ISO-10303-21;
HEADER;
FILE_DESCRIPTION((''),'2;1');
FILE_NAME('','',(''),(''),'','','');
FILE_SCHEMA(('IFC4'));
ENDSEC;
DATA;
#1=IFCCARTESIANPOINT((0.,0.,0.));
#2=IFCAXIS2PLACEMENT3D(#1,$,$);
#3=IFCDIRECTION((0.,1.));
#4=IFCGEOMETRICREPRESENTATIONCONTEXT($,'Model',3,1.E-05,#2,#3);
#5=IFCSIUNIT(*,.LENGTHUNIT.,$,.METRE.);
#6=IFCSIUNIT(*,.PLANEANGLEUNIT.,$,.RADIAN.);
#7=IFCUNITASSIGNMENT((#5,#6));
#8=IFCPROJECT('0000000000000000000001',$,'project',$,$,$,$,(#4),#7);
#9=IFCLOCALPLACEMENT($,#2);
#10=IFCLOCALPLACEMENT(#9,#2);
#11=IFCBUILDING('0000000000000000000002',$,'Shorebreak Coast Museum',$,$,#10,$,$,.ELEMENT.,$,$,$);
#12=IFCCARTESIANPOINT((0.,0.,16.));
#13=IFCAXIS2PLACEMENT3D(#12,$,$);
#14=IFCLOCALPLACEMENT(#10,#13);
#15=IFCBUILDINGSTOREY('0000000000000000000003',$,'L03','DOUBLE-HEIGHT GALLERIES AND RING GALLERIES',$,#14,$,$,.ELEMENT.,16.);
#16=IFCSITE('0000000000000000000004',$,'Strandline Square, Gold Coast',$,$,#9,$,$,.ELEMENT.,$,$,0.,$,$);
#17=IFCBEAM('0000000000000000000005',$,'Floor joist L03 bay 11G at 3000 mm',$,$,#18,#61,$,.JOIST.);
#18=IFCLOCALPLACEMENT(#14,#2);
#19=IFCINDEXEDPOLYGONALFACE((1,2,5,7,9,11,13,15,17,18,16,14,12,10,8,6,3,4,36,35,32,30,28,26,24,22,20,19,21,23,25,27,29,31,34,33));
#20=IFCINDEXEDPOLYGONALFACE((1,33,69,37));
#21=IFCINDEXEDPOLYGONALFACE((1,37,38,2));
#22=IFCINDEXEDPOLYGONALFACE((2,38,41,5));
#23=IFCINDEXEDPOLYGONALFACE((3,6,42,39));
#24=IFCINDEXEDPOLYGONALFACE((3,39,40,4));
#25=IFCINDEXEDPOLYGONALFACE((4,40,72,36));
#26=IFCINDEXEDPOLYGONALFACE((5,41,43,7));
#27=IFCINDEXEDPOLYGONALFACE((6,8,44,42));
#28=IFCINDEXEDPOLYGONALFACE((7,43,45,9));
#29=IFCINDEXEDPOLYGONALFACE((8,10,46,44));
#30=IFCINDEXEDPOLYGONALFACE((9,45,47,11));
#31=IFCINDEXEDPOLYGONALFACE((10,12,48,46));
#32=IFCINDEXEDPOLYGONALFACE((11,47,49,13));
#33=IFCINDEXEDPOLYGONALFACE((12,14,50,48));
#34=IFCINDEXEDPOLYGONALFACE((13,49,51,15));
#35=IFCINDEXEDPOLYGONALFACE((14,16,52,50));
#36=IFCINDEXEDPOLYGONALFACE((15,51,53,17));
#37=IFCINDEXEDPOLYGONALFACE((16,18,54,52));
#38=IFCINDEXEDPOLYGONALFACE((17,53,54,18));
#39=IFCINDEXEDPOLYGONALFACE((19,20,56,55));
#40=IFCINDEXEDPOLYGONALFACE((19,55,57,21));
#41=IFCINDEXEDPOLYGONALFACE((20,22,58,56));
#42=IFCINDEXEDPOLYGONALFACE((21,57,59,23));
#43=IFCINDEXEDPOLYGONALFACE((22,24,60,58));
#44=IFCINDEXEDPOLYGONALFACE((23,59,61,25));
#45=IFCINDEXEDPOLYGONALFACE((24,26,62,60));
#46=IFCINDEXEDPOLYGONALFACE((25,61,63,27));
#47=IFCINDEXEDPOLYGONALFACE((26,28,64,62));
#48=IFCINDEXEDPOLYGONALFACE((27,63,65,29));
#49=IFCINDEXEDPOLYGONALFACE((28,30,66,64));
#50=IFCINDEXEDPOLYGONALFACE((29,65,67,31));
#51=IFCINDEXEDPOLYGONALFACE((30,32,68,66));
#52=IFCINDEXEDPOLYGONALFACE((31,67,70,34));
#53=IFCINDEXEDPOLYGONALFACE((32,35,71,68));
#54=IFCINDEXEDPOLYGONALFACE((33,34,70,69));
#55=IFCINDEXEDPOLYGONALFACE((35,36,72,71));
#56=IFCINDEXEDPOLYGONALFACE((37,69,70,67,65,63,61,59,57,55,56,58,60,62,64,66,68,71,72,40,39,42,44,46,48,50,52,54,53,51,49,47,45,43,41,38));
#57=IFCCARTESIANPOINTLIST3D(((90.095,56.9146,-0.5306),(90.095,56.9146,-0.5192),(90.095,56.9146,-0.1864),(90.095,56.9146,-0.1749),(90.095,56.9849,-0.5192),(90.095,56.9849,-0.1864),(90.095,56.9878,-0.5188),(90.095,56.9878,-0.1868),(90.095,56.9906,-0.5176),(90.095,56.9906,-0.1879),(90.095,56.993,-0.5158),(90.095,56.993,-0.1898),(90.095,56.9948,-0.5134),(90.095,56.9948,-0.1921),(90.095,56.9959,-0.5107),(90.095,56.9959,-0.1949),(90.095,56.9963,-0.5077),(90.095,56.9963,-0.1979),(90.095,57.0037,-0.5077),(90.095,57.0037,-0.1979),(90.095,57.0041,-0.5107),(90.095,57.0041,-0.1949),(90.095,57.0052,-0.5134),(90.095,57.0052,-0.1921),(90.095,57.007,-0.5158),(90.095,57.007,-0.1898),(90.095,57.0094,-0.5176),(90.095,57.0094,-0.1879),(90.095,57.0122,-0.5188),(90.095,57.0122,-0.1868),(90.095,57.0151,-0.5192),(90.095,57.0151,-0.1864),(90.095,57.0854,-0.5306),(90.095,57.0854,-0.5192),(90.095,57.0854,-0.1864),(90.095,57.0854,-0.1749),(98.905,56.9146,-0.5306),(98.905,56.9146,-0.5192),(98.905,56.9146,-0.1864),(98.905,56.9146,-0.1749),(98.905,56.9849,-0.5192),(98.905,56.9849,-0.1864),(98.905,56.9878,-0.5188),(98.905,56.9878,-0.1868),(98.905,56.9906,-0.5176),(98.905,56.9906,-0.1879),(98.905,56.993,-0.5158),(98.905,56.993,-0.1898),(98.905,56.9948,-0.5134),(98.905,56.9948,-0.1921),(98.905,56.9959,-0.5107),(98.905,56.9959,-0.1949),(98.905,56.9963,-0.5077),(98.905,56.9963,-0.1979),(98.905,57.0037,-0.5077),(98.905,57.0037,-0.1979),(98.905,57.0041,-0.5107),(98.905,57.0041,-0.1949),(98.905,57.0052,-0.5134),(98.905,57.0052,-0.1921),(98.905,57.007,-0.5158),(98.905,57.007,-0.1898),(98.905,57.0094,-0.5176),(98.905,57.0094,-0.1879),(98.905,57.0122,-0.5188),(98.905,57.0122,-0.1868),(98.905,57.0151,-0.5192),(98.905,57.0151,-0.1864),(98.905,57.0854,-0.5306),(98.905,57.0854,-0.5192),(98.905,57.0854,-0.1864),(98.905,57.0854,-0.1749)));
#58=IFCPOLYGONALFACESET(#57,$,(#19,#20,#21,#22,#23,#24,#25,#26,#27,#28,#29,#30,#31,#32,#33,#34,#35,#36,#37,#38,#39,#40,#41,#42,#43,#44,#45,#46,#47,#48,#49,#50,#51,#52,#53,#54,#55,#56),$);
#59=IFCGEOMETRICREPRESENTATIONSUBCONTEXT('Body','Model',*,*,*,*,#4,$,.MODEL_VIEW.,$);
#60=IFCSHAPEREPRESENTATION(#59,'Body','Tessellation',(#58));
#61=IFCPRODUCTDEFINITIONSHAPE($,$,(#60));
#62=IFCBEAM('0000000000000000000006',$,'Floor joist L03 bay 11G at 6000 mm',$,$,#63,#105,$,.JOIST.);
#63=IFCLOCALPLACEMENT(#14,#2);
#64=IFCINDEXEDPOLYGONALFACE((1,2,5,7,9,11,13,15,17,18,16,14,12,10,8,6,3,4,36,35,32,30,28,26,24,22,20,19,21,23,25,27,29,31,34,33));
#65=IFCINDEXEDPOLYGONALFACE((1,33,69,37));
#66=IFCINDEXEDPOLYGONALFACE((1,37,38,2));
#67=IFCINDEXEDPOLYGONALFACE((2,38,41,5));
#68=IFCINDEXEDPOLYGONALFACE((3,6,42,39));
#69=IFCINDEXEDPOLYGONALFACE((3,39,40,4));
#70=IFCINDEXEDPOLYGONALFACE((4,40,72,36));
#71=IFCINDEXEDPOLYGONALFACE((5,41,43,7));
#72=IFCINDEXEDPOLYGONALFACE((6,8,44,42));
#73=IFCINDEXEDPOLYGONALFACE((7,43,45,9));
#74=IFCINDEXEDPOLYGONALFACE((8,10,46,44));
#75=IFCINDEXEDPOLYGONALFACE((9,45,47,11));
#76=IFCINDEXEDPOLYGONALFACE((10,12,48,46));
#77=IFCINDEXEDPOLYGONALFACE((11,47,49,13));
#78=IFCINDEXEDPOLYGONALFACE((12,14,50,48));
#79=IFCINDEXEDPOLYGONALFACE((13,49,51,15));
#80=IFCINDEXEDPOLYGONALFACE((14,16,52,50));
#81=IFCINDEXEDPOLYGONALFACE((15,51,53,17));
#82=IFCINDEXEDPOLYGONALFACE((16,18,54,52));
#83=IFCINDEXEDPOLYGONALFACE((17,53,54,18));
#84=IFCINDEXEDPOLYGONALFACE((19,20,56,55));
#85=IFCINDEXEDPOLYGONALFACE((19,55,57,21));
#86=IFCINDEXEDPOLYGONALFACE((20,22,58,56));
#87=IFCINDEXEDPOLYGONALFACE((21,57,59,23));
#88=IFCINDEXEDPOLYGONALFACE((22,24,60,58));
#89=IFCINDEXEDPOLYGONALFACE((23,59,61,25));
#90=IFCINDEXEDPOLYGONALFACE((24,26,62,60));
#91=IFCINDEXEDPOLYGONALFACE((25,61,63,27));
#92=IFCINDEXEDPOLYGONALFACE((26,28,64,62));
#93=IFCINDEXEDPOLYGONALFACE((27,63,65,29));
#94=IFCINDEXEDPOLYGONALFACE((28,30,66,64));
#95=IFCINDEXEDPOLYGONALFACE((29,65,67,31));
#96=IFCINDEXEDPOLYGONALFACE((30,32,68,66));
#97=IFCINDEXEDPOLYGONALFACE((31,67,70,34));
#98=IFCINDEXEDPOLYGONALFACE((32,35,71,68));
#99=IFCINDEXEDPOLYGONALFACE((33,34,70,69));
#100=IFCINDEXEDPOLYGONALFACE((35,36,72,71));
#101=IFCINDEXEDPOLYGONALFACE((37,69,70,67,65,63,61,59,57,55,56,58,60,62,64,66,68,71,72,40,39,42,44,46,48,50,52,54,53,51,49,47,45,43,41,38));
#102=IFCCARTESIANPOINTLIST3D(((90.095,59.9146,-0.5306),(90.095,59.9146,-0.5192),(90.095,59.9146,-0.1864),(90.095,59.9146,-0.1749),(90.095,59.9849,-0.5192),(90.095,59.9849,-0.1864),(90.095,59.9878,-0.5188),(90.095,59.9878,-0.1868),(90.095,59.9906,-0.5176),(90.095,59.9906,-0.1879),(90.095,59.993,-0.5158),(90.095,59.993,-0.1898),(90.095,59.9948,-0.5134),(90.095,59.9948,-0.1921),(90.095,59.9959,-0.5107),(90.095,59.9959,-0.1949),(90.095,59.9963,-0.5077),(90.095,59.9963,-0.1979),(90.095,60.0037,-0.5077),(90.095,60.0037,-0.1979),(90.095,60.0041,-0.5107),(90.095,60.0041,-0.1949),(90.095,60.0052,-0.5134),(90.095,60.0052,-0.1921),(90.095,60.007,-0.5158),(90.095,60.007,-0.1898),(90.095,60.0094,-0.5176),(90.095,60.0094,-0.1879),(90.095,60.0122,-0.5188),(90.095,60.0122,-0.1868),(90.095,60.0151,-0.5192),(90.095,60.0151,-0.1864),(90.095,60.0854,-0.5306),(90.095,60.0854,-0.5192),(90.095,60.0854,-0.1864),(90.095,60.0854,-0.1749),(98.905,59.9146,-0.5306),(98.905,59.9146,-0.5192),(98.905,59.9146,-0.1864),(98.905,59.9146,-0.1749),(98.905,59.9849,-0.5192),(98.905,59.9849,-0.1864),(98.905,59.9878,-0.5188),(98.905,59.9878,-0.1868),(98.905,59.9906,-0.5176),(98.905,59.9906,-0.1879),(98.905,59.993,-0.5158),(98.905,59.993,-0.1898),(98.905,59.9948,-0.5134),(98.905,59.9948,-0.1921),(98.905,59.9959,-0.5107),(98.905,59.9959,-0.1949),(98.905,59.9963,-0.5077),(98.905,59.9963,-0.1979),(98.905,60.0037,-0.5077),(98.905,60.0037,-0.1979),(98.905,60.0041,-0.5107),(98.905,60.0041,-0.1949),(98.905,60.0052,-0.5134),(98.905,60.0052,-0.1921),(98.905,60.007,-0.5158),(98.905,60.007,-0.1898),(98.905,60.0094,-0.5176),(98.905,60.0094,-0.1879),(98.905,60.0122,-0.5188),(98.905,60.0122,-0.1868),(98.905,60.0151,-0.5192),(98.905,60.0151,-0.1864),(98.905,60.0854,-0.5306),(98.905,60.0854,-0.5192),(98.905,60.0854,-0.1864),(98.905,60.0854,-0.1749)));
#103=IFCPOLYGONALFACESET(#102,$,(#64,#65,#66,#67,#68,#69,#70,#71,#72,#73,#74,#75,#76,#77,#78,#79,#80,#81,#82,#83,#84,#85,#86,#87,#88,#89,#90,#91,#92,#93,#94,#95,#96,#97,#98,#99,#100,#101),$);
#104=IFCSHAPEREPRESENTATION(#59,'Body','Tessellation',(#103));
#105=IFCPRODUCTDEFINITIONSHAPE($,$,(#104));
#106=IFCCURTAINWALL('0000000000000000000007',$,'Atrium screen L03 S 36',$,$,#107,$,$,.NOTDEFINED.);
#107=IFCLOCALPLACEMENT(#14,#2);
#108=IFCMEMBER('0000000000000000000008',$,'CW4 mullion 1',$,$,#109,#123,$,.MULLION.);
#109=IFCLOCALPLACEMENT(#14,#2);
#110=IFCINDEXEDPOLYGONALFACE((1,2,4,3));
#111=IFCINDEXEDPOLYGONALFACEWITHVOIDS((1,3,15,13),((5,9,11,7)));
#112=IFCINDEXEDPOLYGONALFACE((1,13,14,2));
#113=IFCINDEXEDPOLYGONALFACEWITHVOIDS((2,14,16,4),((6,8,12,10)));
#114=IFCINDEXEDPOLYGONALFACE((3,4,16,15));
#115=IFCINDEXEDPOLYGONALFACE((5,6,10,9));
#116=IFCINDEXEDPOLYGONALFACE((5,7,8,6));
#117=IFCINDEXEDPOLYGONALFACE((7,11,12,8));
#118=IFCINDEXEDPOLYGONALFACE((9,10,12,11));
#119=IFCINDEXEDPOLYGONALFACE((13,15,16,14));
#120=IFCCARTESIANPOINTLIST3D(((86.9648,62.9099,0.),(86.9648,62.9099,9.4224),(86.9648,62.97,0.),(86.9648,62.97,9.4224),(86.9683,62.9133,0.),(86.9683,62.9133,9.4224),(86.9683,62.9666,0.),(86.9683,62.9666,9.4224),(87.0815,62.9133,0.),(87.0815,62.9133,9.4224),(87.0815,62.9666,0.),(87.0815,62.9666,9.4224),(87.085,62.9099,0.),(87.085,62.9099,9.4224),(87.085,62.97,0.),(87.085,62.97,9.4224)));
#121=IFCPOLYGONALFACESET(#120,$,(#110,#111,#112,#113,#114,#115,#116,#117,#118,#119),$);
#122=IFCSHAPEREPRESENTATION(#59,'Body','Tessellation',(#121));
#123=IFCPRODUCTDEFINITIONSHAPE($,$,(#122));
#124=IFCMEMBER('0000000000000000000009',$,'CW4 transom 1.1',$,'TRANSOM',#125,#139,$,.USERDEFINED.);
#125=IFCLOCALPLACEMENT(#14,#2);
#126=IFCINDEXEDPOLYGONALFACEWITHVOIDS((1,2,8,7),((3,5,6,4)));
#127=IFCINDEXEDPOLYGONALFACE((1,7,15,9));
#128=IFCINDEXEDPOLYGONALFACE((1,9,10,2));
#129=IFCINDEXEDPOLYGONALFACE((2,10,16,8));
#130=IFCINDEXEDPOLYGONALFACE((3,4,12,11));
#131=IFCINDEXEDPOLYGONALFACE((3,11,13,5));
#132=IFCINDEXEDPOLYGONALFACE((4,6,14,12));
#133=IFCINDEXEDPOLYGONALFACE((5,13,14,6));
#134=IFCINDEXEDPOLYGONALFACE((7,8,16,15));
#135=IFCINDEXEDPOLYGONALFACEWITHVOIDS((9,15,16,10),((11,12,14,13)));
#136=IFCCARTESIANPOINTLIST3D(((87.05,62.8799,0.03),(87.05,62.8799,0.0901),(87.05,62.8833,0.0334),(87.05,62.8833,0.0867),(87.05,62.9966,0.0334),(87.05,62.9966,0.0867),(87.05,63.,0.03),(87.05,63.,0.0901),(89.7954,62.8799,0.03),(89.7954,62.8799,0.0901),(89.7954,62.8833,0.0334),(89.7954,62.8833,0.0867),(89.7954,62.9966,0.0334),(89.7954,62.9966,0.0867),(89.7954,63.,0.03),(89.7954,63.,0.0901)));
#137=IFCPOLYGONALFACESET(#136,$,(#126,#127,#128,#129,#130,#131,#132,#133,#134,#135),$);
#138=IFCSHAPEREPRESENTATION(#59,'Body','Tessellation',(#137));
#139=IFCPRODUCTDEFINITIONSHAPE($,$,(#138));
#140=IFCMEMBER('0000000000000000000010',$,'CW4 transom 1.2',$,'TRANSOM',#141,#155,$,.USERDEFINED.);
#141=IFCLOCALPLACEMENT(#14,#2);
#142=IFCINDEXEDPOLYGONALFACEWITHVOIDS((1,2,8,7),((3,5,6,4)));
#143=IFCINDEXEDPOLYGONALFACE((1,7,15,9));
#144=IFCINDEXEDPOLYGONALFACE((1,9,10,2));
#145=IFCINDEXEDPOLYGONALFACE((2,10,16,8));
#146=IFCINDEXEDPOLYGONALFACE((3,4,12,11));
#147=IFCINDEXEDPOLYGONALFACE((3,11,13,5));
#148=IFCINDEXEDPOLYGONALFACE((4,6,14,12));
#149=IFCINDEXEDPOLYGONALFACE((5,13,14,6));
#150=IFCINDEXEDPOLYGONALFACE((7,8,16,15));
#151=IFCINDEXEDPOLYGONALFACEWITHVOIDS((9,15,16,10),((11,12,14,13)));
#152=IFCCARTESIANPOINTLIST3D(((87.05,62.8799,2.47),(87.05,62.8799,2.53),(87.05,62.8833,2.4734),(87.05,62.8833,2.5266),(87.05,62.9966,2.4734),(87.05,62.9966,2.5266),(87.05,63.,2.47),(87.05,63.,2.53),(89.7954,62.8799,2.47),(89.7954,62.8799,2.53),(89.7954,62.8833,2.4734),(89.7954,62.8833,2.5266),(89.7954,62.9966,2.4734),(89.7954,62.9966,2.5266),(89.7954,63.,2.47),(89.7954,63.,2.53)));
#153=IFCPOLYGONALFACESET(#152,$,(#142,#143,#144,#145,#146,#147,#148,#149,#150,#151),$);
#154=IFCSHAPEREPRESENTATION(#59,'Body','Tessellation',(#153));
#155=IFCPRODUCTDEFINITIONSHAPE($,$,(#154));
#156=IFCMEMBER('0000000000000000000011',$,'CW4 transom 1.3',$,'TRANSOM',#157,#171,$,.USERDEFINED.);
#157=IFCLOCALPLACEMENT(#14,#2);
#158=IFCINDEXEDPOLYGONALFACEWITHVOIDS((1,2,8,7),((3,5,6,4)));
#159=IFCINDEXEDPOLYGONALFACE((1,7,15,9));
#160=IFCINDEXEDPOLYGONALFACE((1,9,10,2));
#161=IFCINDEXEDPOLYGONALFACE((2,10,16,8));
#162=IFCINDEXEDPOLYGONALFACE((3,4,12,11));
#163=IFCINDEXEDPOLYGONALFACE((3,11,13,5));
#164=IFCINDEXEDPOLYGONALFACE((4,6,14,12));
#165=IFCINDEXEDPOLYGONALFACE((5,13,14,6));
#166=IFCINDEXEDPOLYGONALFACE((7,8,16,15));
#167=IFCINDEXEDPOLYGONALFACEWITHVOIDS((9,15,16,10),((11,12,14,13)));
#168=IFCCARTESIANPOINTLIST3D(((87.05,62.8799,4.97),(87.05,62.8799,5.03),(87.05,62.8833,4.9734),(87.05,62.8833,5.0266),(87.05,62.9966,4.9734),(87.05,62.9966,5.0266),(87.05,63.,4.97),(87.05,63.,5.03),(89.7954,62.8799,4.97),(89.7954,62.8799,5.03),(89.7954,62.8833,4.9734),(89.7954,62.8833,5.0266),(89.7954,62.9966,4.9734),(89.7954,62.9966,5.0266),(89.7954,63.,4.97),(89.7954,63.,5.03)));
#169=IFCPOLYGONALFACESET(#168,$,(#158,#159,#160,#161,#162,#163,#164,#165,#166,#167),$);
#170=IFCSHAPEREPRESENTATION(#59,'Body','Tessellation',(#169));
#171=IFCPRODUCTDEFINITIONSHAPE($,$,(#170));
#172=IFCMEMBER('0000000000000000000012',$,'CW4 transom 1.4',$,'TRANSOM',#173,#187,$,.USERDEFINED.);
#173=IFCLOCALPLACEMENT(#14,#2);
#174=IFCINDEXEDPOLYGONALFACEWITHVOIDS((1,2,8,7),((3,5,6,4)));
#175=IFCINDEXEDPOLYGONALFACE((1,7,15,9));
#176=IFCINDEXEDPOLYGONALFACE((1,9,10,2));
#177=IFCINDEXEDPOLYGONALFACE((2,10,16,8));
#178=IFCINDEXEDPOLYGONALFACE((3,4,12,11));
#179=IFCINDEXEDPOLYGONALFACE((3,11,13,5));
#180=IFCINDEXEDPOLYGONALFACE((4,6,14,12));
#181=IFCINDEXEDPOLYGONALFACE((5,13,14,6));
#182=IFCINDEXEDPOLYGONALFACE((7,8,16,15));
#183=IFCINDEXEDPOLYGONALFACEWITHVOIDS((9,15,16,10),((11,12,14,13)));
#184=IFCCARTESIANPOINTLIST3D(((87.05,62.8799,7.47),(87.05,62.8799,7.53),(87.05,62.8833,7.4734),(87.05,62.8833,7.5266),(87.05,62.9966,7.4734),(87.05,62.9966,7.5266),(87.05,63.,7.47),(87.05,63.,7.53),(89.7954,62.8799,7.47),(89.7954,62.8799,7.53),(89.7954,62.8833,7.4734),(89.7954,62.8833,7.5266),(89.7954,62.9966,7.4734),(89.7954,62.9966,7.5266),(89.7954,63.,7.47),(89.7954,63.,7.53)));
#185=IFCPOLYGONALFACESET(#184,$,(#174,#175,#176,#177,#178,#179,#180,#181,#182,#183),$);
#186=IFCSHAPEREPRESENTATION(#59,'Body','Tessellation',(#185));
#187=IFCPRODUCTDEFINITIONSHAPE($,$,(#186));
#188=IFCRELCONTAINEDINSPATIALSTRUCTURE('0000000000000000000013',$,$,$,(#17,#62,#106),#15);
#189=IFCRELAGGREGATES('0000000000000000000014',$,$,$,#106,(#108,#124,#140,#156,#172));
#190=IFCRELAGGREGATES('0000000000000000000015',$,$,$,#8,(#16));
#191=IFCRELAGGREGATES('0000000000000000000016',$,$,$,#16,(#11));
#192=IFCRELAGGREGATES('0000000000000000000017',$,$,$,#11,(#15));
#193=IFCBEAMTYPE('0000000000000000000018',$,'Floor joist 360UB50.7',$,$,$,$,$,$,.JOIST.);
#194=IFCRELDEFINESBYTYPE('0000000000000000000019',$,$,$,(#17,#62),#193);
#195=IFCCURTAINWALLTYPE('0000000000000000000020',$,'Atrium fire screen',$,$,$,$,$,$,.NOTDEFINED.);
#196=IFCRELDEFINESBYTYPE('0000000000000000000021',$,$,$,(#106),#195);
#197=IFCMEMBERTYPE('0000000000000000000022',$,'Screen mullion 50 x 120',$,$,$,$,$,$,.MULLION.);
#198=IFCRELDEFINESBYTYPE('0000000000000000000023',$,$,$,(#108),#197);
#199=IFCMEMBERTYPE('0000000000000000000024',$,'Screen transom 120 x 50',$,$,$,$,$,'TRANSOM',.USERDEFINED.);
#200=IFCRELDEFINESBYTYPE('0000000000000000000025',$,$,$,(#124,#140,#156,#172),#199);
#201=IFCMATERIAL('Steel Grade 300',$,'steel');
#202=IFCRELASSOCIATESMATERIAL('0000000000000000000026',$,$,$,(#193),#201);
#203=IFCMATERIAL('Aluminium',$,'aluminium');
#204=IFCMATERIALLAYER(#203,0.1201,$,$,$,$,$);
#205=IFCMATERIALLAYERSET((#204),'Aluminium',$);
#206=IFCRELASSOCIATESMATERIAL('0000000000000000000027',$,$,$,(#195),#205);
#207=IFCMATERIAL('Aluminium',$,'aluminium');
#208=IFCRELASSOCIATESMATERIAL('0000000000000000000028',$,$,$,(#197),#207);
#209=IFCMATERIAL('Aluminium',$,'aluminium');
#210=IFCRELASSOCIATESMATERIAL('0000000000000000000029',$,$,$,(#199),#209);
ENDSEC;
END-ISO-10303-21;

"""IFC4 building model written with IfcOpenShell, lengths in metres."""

from ifc_helpers import new_model, si_unit, direction, frame, origin, origin_2d, place, context, subcontext, project, spatial, hollow_rectangle, i_section, extrude, material, layer, layer_set, material_profile, profile_set, type_object, element, aggregate, save


model = new_model("IFC4")

# Units and contexts
model_context = context("Model", 3, precision=1e-05, world=origin(), true_north=direction((0.0, 1.0)))
body_context = subcontext(model_context, "Body", "Model", "MODEL_VIEW")
ifc_project = project(units=[si_unit("LENGTHUNIT", "METRE"), si_unit("PLANEANGLEUNIT", "RADIAN")], contexts=[model_context])

# Site, building, storey
site_placement = place(None, origin())
site = spatial("IfcSite", under=ifc_project, at=site_placement, Name="Strandline Square, Gold Coast", CompositionType="ELEMENT", RefElevation=0.0)
building_placement = place(site_placement, origin())
building = spatial("IfcBuilding", under=site, at=building_placement, Name="Shorebreak Coast Museum", CompositionType="ELEMENT")
storey_placement = place(building_placement, frame((0.0, 0.0, 16.0)))
storey = spatial("IfcBuildingStorey", under=building, at=storey_placement, Name="L03", Description="DOUBLE-HEIGHT GALLERIES AND RING GALLERIES", CompositionType="ELEMENT", Elevation=16.0)

# Beams
ifc_material_1 = material(Name="Steel Grade 300", Category="steel")
ifc_material_profile_1 = material_profile(ifc_material_1, i_section(OverallWidth=0.1709, OverallDepth=0.3557, WebThickness=0.0073, FlangeThickness=0.0115, FilletRadius=0.0115, at=origin_2d()), Name="360UB50.7")
ifc_profile_set_1 = profile_set([ifc_material_profile_1], Name="Steel Grade 300")
beam_type_1 = type_object("IfcBeamType", Name="Floor joist 360UB50.7", PredefinedType="JOIST", material=ifc_profile_set_1)
for number, where, z_axis, x_axis, name in (
    (1, (90.095, 57.0, -0.3528), (1.0, 0.0, 0.0), (0.0, 1.0, 0.0), "Floor joist L03 bay 11G at 3000 mm"),
    (2, (90.095, 60.0, -0.3528), (1.0, 0.0, 0.0), (0.0, 1.0, 0.0), "Floor joist L03 bay 11G at 6000 mm"),
):
    element("IfcBeam", number, at=place(storey_placement, frame(where, z_axis=z_axis, x_axis=x_axis)), inside=storey, type_object=beam_type_1, Name=name, PredefinedType="JOIST", context=body_context, shape_type="SweptSolid", body=[
        extrude(i_section(OverallWidth=0.1709, OverallDepth=0.3557, WebThickness=0.0073, FlangeThickness=0.0115, FilletRadius=0.0115, at=origin_2d()), origin(), (0.0, 0.0, 1.0), 8.8101),
    ])

# Curtain wall, members
ifc_material_2 = material(Name="Aluminium", Category="aluminium")
ifc_layer_1 = layer(ifc_material_2, 0.1201)
ifc_layer_set_1 = layer_set([ifc_layer_1], Name="Aluminium")
curtain_wall_type_1 = type_object("IfcCurtainWallType", Name="Atrium fire screen", PredefinedType="NOTDEFINED", material=ifc_layer_set_1)
curtain_wall_1_placement = place(storey_placement, origin())
curtain_wall_1 = element("IfcCurtainWall", 3, at=curtain_wall_1_placement, inside=storey, type_object=curtain_wall_type_1, Name="Atrium screen L03 S 36", PredefinedType="NOTDEFINED")
ifc_material_3 = material(Name="Aluminium", Category="aluminium")
ifc_material_profile_2 = material_profile(ifc_material_3, hollow_rectangle(XDim=0.0601, YDim=0.1201, WallThickness=0.0034, at=origin_2d()), Name="AL 120x60 RHS")
ifc_profile_set_2 = profile_set([ifc_material_profile_2], Name="Aluminium")
member_type_1 = type_object("IfcMemberType", Name="Screen mullion 50 x 120", PredefinedType="MULLION", material=ifc_profile_set_2)
member_1_placement = place(storey_placement, frame((87.0249, 62.9399, 0.0), z_axis=(0.0, 0.0, 1.0), x_axis=(0.0, 1.0, 0.0)))
member_1 = element("IfcMember", 4, at=member_1_placement, type_object=member_type_1, Name="CW4 mullion 1", PredefinedType="MULLION", context=body_context, shape_type="SweptSolid", body=[
    extrude(hollow_rectangle(XDim=0.0601, YDim=0.1201, WallThickness=0.0034, at=origin_2d()), origin(), (0.0, 0.0, 1.0), 9.4224),
])
ifc_material_4 = material(Name="Aluminium", Category="aluminium")
ifc_material_profile_3 = material_profile(ifc_material_4, hollow_rectangle(XDim=0.1201, YDim=0.0601, WallThickness=0.0034, at=origin_2d()), Name="AL 60x120 RHS")
ifc_profile_set_3 = profile_set([ifc_material_profile_3], Name="Aluminium")
member_type_2 = type_object("IfcMemberType", Name="Screen transom 120 x 50", ElementType="TRANSOM", PredefinedType="USERDEFINED", material=ifc_profile_set_3)
member_2_placement = place(storey_placement, frame((87.05, 62.9399, 0.0601), z_axis=(1.0, 0.0, 0.0), x_axis=(0.0, 1.0, 0.0)))
member_2 = element("IfcMember", 5, at=member_2_placement, type_object=member_type_2, Name="CW4 transom 1.1", ObjectType="TRANSOM", PredefinedType="USERDEFINED", context=body_context, shape_type="SweptSolid", body=[
    extrude(hollow_rectangle(XDim=0.1201, YDim=0.0601, WallThickness=0.0034, at=origin_2d()), origin(), (0.0, 0.0, 1.0), 2.7454),
])
member_3_placement = place(storey_placement, frame((87.05, 62.9399, 2.5), z_axis=(1.0, 0.0, 0.0), x_axis=(0.0, 1.0, 0.0)))
member_3 = element("IfcMember", 6, at=member_3_placement, type_object=member_type_2, Name="CW4 transom 1.2", ObjectType="TRANSOM", PredefinedType="USERDEFINED", context=body_context, shape_type="SweptSolid", body=[
    extrude(hollow_rectangle(XDim=0.1201, YDim=0.0601, WallThickness=0.0034, at=origin_2d()), origin(), (0.0, 0.0, 1.0), 2.7454),
])
member_4_placement = place(storey_placement, frame((87.05, 62.9399, 5.0), z_axis=(1.0, 0.0, 0.0), x_axis=(0.0, 1.0, 0.0)))
member_4 = element("IfcMember", 7, at=member_4_placement, type_object=member_type_2, Name="CW4 transom 1.3", ObjectType="TRANSOM", PredefinedType="USERDEFINED", context=body_context, shape_type="SweptSolid", body=[
    extrude(hollow_rectangle(XDim=0.1201, YDim=0.0601, WallThickness=0.0034, at=origin_2d()), origin(), (0.0, 0.0, 1.0), 2.7454),
])
member_5_placement = place(storey_placement, frame((87.05, 62.9399, 7.5), z_axis=(1.0, 0.0, 0.0), x_axis=(0.0, 1.0, 0.0)))
member_5 = element("IfcMember", 8, at=member_5_placement, type_object=member_type_2, Name="CW4 transom 1.4", ObjectType="TRANSOM", PredefinedType="USERDEFINED", context=body_context, shape_type="SweptSolid", body=[
    extrude(hollow_rectangle(XDim=0.1201, YDim=0.0601, WallThickness=0.0034, at=origin_2d()), origin(), (0.0, 0.0, 1.0), 2.7454),
])

aggregate(curtain_wall_1, [member_1, member_2, member_3, member_4, member_5])

save(model, "model.ifc")
